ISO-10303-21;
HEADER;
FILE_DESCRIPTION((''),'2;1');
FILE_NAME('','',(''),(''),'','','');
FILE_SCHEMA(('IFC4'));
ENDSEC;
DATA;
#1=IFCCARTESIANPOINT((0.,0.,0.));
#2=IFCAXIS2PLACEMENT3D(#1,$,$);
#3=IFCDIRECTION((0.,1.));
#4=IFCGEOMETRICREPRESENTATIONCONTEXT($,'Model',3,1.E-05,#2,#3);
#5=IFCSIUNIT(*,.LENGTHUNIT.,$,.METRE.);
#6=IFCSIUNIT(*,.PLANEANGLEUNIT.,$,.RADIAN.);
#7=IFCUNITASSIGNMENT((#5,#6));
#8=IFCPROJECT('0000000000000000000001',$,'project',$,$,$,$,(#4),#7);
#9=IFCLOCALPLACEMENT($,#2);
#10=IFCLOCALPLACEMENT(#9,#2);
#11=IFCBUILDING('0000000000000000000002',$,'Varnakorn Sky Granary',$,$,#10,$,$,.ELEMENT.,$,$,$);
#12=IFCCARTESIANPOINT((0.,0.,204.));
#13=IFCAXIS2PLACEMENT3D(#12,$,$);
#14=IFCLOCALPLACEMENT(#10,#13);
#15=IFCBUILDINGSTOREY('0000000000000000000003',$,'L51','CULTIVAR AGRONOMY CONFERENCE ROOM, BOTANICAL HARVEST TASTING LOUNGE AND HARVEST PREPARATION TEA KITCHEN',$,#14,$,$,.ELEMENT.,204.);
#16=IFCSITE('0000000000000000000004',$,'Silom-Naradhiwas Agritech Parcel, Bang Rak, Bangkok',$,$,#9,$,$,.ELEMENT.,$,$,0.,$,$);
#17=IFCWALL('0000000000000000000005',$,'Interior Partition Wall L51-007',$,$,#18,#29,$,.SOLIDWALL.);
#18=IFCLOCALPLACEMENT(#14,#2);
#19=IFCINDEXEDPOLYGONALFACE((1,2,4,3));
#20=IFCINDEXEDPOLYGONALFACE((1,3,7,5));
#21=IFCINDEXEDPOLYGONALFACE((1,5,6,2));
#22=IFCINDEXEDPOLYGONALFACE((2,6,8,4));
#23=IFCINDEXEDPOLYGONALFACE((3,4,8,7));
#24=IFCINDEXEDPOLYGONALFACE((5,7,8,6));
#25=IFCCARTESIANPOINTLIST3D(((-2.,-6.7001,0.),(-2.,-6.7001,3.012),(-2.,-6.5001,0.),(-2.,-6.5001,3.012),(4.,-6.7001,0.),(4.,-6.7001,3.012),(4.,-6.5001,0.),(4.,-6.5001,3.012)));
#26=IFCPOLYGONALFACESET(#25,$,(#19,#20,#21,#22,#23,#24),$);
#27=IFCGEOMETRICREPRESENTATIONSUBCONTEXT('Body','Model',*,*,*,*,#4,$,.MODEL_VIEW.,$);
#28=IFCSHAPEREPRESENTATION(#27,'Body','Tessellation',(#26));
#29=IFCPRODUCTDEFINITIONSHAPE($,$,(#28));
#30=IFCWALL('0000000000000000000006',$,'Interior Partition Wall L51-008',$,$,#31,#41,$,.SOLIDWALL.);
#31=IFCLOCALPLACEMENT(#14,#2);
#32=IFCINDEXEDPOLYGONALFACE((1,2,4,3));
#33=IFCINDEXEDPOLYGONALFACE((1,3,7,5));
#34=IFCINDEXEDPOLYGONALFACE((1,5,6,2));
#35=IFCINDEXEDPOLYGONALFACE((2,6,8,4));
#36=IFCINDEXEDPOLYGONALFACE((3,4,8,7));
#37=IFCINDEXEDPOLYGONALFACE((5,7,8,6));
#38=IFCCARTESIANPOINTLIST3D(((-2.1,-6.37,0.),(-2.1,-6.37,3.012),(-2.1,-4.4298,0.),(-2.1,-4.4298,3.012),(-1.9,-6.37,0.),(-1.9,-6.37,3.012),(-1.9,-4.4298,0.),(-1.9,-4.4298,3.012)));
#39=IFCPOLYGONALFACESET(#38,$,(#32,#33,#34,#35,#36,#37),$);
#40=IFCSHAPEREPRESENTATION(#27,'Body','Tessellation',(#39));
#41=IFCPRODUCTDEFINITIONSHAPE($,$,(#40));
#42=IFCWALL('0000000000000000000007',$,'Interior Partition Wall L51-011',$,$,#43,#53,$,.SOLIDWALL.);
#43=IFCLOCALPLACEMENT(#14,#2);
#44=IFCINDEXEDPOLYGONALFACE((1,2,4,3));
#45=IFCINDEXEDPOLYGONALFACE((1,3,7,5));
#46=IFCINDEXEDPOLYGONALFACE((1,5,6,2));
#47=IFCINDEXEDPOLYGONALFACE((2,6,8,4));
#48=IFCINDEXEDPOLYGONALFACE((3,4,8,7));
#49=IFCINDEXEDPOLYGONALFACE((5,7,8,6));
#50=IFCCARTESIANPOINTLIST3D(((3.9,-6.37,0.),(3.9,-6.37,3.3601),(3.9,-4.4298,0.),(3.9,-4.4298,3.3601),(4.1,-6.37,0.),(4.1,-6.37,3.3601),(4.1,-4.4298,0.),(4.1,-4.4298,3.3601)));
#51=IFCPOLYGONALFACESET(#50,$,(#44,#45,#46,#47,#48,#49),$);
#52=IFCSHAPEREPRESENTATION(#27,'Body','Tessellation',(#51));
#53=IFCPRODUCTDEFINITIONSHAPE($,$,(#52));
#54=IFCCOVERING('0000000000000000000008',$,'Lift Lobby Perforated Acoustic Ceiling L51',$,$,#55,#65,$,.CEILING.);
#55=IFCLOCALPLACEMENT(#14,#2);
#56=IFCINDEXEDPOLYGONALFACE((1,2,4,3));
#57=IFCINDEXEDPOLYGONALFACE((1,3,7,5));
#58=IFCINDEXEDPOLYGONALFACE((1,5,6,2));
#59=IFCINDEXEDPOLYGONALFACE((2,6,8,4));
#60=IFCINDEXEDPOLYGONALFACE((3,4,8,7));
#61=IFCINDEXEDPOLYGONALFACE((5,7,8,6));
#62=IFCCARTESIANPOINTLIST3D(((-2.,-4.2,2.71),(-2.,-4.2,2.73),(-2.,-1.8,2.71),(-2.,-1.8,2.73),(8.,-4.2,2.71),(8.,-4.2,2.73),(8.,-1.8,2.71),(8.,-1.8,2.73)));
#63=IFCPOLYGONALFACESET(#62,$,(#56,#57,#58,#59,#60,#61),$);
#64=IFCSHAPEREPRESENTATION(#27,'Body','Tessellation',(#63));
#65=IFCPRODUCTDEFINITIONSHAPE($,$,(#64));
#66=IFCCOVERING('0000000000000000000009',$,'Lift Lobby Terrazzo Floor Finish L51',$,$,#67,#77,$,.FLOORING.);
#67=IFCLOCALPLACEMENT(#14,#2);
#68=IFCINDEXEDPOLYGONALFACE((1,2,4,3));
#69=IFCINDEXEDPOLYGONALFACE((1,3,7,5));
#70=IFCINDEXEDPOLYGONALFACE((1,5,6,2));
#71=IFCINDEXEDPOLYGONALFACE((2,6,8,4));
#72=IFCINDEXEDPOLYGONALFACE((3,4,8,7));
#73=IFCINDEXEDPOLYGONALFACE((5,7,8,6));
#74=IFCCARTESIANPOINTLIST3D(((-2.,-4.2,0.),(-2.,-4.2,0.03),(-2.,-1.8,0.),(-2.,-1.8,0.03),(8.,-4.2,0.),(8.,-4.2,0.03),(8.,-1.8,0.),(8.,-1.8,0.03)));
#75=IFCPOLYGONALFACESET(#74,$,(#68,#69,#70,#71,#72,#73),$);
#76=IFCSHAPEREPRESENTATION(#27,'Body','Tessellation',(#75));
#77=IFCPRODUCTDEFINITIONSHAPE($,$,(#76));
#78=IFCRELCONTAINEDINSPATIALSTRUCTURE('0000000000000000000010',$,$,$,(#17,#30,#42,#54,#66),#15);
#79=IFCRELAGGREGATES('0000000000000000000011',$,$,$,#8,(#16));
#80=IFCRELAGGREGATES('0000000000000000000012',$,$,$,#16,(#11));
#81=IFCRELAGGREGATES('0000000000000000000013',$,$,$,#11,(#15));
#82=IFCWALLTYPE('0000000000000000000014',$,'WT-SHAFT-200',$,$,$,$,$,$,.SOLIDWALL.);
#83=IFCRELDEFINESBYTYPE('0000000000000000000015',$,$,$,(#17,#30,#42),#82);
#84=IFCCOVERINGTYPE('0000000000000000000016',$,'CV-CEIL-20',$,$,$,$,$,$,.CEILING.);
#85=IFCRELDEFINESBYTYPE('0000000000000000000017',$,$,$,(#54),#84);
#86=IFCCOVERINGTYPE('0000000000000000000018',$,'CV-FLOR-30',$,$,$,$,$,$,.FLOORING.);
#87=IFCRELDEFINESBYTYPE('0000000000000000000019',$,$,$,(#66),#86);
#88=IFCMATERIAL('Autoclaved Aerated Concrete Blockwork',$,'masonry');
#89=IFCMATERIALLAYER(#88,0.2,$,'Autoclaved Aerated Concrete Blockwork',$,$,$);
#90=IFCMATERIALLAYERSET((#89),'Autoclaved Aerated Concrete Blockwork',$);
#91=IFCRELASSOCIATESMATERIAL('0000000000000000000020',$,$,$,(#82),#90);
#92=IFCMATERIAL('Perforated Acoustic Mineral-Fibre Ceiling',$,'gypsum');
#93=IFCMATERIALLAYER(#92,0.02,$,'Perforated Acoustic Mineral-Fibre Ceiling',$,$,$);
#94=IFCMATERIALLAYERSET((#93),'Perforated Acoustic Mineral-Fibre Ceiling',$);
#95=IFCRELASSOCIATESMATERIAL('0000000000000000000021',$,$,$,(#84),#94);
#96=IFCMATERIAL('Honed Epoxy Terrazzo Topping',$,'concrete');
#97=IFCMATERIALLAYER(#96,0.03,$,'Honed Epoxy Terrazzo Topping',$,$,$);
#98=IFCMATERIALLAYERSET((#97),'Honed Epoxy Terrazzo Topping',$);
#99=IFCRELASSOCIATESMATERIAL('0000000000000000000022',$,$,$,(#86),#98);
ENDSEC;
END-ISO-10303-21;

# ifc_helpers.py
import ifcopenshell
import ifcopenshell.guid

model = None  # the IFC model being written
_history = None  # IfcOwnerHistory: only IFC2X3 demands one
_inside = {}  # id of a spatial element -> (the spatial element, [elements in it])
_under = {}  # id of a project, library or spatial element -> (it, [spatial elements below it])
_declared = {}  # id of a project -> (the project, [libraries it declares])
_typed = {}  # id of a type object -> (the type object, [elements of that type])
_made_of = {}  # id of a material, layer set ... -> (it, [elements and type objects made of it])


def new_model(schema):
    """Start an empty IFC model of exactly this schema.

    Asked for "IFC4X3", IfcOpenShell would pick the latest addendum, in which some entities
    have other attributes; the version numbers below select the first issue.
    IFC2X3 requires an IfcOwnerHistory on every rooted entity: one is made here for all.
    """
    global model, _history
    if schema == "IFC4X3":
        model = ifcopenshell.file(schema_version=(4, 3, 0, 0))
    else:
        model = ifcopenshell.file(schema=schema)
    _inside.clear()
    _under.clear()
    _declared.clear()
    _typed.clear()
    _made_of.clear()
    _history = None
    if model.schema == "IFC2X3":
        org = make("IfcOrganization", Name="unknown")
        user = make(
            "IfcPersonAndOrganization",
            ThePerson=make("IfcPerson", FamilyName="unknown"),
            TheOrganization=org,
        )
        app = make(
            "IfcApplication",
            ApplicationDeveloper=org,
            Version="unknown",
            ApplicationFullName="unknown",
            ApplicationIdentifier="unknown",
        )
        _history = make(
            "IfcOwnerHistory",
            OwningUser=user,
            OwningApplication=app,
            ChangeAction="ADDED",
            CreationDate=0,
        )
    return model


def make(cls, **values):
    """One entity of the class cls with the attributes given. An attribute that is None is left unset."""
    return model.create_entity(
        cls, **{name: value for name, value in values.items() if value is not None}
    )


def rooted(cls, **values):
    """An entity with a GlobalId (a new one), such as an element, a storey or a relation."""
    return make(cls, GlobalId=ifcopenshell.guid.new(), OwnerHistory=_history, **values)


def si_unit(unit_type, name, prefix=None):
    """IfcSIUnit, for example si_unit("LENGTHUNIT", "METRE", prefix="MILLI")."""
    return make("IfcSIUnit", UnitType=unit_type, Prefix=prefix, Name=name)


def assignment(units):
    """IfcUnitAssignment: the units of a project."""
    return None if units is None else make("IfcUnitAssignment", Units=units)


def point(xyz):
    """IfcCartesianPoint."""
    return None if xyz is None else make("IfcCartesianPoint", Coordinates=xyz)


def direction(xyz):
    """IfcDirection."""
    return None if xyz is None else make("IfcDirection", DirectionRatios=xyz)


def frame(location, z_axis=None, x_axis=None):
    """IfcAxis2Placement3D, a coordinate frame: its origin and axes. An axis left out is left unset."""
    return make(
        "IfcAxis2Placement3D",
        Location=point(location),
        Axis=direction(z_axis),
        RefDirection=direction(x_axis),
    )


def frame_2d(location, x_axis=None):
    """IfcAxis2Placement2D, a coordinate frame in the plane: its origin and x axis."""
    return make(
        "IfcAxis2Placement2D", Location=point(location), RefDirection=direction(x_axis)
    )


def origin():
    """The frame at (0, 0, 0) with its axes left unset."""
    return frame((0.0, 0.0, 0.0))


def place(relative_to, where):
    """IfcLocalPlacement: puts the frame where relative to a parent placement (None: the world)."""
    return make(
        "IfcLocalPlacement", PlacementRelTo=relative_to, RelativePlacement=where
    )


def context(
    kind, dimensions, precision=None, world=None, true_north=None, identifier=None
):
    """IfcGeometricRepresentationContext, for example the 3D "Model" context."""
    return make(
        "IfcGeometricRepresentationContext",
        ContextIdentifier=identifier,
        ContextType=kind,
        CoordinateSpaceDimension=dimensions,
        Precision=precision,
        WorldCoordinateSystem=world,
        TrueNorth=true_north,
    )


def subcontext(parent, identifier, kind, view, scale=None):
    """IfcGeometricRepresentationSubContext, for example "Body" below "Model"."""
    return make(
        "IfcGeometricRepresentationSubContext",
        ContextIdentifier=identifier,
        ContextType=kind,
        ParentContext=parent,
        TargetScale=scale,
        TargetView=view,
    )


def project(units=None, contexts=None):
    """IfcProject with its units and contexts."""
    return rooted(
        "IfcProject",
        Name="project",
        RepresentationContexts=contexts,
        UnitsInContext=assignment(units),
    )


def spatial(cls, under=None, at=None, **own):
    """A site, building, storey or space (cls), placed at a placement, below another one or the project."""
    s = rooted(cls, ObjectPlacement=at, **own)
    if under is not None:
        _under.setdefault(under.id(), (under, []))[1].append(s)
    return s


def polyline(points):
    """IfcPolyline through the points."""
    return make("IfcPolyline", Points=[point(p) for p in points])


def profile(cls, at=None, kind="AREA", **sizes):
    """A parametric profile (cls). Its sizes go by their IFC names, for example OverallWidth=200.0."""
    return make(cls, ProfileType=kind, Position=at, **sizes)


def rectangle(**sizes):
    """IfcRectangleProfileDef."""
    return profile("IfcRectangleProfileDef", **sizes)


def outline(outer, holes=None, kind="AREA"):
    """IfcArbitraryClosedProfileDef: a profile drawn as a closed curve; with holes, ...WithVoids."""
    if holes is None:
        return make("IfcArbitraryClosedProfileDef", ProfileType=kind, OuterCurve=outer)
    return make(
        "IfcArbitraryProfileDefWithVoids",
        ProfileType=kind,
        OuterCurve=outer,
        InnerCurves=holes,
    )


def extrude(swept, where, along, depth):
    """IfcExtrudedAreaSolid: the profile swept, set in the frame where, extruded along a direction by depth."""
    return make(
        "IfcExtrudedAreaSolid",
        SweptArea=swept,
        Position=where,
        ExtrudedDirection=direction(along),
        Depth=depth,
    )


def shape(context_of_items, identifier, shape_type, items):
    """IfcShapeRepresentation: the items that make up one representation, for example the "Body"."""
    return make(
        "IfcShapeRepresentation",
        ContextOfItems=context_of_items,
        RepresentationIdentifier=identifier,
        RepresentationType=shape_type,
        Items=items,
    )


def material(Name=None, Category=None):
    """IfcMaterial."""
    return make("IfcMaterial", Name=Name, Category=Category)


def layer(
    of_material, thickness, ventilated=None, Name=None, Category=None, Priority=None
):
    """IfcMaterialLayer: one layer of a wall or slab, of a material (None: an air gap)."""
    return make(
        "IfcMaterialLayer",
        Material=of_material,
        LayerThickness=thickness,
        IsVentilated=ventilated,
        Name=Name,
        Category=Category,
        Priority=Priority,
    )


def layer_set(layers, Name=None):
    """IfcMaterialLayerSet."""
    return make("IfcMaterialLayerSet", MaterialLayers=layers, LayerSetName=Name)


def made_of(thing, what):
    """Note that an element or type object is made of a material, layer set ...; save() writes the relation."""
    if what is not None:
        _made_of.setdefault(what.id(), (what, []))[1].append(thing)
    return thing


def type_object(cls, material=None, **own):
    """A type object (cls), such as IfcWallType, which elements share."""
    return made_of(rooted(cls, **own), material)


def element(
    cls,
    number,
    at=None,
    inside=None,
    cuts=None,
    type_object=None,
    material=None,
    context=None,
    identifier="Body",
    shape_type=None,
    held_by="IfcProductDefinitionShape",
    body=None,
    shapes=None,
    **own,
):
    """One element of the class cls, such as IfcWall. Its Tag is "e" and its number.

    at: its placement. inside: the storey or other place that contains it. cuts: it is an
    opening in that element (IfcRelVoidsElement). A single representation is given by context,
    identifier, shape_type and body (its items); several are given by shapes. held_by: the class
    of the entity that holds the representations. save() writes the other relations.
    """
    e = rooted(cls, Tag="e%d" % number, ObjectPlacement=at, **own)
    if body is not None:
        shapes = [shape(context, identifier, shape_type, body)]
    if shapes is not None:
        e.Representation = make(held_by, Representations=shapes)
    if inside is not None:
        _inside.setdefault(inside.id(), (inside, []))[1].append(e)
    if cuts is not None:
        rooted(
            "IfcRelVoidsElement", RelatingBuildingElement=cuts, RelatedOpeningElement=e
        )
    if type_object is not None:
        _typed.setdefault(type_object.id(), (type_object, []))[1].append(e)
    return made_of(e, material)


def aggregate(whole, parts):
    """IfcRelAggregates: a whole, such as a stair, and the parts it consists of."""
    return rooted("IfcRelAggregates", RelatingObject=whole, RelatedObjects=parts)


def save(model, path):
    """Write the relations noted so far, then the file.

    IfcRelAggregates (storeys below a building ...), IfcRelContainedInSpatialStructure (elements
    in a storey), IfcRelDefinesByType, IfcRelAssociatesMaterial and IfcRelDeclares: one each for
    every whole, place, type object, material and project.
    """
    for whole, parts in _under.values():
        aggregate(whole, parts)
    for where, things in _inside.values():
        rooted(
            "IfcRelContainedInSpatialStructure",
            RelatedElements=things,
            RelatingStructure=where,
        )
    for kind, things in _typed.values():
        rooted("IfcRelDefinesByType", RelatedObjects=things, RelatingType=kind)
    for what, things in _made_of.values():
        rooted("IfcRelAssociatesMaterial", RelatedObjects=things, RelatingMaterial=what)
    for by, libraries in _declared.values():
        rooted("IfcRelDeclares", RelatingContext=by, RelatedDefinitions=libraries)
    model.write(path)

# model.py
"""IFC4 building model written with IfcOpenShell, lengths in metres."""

from ifc_helpers import new_model, si_unit, direction, frame, frame_2d, origin, place, context, subcontext, project, spatial, polyline, rectangle, outline, extrude, material, layer, layer_set, type_object, element, save


model = new_model("IFC4")

# Units and contexts
model_context = context("Model", 3, precision=1e-05, world=origin(), true_north=direction((0.0, 1.0)))
body_context = subcontext(model_context, "Body", "Model", "MODEL_VIEW")
ifc_project = project(units=[si_unit("LENGTHUNIT", "METRE"), si_unit("PLANEANGLEUNIT", "RADIAN")], contexts=[model_context])

# Site, building, storey
site_placement = place(None, origin())
site = spatial("IfcSite", under=ifc_project, at=site_placement, Name="Silom-Naradhiwas Agritech Parcel, Bang Rak, Bangkok", CompositionType="ELEMENT", RefElevation=0.0)
building_placement = place(site_placement, origin())
building = spatial("IfcBuilding", under=site, at=building_placement, Name="Varnakorn Sky Granary", CompositionType="ELEMENT")
storey_placement = place(building_placement, frame((0.0, 0.0, 204.0)))
storey = spatial("IfcBuildingStorey", under=building, at=storey_placement, Name="L51", Description="CULTIVAR AGRONOMY CONFERENCE ROOM, BOTANICAL HARVEST TASTING LOUNGE AND HARVEST PREPARATION TEA KITCHEN", CompositionType="ELEMENT", Elevation=204.0)

# Shared definitions
ifc_material_1 = material(Name="Autoclaved Aerated Concrete Blockwork", Category="masonry")

# Walls
ifc_layer_1 = layer(ifc_material_1, 0.2, Name="Autoclaved Aerated Concrete Blockwork")
ifc_layer_set_1 = layer_set([ifc_layer_1], Name="Autoclaved Aerated Concrete Blockwork")
wall_type_1 = type_object("IfcWallType", Name="WT-SHAFT-200", PredefinedType="SOLIDWALL", material=ifc_layer_set_1)
wall_1_placement = place(storey_placement, frame((-2.0, -6.6001, 0.0), z_axis=(0.0, 0.0, 1.0), x_axis=(1.0, 0.0, 0.0)))
element("IfcWall", 1, at=wall_1_placement, inside=storey, type_object=wall_type_1, Name="Interior Partition Wall L51-007", PredefinedType="SOLIDWALL", context=body_context, shape_type="SweptSolid", body=[
    extrude(rectangle(XDim=6.0, YDim=0.2, at=frame_2d((3.0, 0.0))), origin(), (0.0, 0.0, 1.0), 3.012),
])
wall_2_placement = place(storey_placement, frame((-2.0, -6.3701, 0.0), z_axis=(0.0, 0.0, 1.0), x_axis=(0.0, 1.0, 0.0)))
element("IfcWall", 2, at=wall_2_placement, inside=storey, type_object=wall_type_1, Name="Interior Partition Wall L51-008", PredefinedType="SOLIDWALL", context=body_context, shape_type="SweptSolid", body=[
    extrude(rectangle(XDim=1.9402, YDim=0.2, at=frame_2d((0.9702, 0.0))), origin(), (0.0, 0.0, 1.0), 3.012),
])
wall_3_placement = place(storey_placement, frame((4.0, -6.3701, 0.0), z_axis=(0.0, 0.0, 1.0), x_axis=(0.0, 1.0, 0.0)))
element("IfcWall", 3, at=wall_3_placement, inside=storey, type_object=wall_type_1, Name="Interior Partition Wall L51-011", PredefinedType="SOLIDWALL", context=body_context, shape_type="SweptSolid", body=[
    extrude(rectangle(XDim=1.9402, YDim=0.2, at=frame_2d((0.9702, 0.0))), origin(), (0.0, 0.0, 1.0), 3.3601),
])

# Coverings
ifc_material_2 = material(Name="Perforated Acoustic Mineral-Fibre Ceiling", Category="gypsum")
ifc_layer_2 = layer(ifc_material_2, 0.02, Name="Perforated Acoustic Mineral-Fibre Ceiling")
ifc_layer_set_2 = layer_set([ifc_layer_2], Name="Perforated Acoustic Mineral-Fibre Ceiling")
covering_type_1 = type_object("IfcCoveringType", Name="CV-CEIL-20", PredefinedType="CEILING", material=ifc_layer_set_2)
covering_1_placement = place(storey_placement, frame((0.0, 0.0, 2.71)))
element("IfcCovering", 4, at=covering_1_placement, inside=storey, type_object=covering_type_1, Name="Lift Lobby Perforated Acoustic Ceiling L51", PredefinedType="CEILING", context=body_context, shape_type="SweptSolid", body=[
    extrude(outline(polyline([(-2.0, -4.2), (8.0, -4.2), (8.0, -1.8), (-2.0, -1.8), (-2.0, -4.2)])), origin(), (0.0, 0.0, 1.0), 0.02),
])
ifc_material_3 = material(Name="Honed Epoxy Terrazzo Topping", Category="concrete")
ifc_layer_3 = layer(ifc_material_3, 0.03, Name="Honed Epoxy Terrazzo Topping")
ifc_layer_set_3 = layer_set([ifc_layer_3], Name="Honed Epoxy Terrazzo Topping")
covering_type_2 = type_object("IfcCoveringType", Name="CV-FLOR-30", PredefinedType="FLOORING", material=ifc_layer_set_3)
covering_2_placement = place(storey_placement, origin())
element("IfcCovering", 5, at=covering_2_placement, inside=storey, type_object=covering_type_2, Name="Lift Lobby Terrazzo Floor Finish L51", PredefinedType="FLOORING", context=body_context, shape_type="SweptSolid", body=[
    extrude(outline(polyline([(-2.0, -4.2), (8.0, -4.2), (8.0, -1.8), (-2.0, -1.8), (-2.0, -4.2)])), origin(), (0.0, 0.0, 1.0), 0.03),
])

save(model, "model.ifc")
